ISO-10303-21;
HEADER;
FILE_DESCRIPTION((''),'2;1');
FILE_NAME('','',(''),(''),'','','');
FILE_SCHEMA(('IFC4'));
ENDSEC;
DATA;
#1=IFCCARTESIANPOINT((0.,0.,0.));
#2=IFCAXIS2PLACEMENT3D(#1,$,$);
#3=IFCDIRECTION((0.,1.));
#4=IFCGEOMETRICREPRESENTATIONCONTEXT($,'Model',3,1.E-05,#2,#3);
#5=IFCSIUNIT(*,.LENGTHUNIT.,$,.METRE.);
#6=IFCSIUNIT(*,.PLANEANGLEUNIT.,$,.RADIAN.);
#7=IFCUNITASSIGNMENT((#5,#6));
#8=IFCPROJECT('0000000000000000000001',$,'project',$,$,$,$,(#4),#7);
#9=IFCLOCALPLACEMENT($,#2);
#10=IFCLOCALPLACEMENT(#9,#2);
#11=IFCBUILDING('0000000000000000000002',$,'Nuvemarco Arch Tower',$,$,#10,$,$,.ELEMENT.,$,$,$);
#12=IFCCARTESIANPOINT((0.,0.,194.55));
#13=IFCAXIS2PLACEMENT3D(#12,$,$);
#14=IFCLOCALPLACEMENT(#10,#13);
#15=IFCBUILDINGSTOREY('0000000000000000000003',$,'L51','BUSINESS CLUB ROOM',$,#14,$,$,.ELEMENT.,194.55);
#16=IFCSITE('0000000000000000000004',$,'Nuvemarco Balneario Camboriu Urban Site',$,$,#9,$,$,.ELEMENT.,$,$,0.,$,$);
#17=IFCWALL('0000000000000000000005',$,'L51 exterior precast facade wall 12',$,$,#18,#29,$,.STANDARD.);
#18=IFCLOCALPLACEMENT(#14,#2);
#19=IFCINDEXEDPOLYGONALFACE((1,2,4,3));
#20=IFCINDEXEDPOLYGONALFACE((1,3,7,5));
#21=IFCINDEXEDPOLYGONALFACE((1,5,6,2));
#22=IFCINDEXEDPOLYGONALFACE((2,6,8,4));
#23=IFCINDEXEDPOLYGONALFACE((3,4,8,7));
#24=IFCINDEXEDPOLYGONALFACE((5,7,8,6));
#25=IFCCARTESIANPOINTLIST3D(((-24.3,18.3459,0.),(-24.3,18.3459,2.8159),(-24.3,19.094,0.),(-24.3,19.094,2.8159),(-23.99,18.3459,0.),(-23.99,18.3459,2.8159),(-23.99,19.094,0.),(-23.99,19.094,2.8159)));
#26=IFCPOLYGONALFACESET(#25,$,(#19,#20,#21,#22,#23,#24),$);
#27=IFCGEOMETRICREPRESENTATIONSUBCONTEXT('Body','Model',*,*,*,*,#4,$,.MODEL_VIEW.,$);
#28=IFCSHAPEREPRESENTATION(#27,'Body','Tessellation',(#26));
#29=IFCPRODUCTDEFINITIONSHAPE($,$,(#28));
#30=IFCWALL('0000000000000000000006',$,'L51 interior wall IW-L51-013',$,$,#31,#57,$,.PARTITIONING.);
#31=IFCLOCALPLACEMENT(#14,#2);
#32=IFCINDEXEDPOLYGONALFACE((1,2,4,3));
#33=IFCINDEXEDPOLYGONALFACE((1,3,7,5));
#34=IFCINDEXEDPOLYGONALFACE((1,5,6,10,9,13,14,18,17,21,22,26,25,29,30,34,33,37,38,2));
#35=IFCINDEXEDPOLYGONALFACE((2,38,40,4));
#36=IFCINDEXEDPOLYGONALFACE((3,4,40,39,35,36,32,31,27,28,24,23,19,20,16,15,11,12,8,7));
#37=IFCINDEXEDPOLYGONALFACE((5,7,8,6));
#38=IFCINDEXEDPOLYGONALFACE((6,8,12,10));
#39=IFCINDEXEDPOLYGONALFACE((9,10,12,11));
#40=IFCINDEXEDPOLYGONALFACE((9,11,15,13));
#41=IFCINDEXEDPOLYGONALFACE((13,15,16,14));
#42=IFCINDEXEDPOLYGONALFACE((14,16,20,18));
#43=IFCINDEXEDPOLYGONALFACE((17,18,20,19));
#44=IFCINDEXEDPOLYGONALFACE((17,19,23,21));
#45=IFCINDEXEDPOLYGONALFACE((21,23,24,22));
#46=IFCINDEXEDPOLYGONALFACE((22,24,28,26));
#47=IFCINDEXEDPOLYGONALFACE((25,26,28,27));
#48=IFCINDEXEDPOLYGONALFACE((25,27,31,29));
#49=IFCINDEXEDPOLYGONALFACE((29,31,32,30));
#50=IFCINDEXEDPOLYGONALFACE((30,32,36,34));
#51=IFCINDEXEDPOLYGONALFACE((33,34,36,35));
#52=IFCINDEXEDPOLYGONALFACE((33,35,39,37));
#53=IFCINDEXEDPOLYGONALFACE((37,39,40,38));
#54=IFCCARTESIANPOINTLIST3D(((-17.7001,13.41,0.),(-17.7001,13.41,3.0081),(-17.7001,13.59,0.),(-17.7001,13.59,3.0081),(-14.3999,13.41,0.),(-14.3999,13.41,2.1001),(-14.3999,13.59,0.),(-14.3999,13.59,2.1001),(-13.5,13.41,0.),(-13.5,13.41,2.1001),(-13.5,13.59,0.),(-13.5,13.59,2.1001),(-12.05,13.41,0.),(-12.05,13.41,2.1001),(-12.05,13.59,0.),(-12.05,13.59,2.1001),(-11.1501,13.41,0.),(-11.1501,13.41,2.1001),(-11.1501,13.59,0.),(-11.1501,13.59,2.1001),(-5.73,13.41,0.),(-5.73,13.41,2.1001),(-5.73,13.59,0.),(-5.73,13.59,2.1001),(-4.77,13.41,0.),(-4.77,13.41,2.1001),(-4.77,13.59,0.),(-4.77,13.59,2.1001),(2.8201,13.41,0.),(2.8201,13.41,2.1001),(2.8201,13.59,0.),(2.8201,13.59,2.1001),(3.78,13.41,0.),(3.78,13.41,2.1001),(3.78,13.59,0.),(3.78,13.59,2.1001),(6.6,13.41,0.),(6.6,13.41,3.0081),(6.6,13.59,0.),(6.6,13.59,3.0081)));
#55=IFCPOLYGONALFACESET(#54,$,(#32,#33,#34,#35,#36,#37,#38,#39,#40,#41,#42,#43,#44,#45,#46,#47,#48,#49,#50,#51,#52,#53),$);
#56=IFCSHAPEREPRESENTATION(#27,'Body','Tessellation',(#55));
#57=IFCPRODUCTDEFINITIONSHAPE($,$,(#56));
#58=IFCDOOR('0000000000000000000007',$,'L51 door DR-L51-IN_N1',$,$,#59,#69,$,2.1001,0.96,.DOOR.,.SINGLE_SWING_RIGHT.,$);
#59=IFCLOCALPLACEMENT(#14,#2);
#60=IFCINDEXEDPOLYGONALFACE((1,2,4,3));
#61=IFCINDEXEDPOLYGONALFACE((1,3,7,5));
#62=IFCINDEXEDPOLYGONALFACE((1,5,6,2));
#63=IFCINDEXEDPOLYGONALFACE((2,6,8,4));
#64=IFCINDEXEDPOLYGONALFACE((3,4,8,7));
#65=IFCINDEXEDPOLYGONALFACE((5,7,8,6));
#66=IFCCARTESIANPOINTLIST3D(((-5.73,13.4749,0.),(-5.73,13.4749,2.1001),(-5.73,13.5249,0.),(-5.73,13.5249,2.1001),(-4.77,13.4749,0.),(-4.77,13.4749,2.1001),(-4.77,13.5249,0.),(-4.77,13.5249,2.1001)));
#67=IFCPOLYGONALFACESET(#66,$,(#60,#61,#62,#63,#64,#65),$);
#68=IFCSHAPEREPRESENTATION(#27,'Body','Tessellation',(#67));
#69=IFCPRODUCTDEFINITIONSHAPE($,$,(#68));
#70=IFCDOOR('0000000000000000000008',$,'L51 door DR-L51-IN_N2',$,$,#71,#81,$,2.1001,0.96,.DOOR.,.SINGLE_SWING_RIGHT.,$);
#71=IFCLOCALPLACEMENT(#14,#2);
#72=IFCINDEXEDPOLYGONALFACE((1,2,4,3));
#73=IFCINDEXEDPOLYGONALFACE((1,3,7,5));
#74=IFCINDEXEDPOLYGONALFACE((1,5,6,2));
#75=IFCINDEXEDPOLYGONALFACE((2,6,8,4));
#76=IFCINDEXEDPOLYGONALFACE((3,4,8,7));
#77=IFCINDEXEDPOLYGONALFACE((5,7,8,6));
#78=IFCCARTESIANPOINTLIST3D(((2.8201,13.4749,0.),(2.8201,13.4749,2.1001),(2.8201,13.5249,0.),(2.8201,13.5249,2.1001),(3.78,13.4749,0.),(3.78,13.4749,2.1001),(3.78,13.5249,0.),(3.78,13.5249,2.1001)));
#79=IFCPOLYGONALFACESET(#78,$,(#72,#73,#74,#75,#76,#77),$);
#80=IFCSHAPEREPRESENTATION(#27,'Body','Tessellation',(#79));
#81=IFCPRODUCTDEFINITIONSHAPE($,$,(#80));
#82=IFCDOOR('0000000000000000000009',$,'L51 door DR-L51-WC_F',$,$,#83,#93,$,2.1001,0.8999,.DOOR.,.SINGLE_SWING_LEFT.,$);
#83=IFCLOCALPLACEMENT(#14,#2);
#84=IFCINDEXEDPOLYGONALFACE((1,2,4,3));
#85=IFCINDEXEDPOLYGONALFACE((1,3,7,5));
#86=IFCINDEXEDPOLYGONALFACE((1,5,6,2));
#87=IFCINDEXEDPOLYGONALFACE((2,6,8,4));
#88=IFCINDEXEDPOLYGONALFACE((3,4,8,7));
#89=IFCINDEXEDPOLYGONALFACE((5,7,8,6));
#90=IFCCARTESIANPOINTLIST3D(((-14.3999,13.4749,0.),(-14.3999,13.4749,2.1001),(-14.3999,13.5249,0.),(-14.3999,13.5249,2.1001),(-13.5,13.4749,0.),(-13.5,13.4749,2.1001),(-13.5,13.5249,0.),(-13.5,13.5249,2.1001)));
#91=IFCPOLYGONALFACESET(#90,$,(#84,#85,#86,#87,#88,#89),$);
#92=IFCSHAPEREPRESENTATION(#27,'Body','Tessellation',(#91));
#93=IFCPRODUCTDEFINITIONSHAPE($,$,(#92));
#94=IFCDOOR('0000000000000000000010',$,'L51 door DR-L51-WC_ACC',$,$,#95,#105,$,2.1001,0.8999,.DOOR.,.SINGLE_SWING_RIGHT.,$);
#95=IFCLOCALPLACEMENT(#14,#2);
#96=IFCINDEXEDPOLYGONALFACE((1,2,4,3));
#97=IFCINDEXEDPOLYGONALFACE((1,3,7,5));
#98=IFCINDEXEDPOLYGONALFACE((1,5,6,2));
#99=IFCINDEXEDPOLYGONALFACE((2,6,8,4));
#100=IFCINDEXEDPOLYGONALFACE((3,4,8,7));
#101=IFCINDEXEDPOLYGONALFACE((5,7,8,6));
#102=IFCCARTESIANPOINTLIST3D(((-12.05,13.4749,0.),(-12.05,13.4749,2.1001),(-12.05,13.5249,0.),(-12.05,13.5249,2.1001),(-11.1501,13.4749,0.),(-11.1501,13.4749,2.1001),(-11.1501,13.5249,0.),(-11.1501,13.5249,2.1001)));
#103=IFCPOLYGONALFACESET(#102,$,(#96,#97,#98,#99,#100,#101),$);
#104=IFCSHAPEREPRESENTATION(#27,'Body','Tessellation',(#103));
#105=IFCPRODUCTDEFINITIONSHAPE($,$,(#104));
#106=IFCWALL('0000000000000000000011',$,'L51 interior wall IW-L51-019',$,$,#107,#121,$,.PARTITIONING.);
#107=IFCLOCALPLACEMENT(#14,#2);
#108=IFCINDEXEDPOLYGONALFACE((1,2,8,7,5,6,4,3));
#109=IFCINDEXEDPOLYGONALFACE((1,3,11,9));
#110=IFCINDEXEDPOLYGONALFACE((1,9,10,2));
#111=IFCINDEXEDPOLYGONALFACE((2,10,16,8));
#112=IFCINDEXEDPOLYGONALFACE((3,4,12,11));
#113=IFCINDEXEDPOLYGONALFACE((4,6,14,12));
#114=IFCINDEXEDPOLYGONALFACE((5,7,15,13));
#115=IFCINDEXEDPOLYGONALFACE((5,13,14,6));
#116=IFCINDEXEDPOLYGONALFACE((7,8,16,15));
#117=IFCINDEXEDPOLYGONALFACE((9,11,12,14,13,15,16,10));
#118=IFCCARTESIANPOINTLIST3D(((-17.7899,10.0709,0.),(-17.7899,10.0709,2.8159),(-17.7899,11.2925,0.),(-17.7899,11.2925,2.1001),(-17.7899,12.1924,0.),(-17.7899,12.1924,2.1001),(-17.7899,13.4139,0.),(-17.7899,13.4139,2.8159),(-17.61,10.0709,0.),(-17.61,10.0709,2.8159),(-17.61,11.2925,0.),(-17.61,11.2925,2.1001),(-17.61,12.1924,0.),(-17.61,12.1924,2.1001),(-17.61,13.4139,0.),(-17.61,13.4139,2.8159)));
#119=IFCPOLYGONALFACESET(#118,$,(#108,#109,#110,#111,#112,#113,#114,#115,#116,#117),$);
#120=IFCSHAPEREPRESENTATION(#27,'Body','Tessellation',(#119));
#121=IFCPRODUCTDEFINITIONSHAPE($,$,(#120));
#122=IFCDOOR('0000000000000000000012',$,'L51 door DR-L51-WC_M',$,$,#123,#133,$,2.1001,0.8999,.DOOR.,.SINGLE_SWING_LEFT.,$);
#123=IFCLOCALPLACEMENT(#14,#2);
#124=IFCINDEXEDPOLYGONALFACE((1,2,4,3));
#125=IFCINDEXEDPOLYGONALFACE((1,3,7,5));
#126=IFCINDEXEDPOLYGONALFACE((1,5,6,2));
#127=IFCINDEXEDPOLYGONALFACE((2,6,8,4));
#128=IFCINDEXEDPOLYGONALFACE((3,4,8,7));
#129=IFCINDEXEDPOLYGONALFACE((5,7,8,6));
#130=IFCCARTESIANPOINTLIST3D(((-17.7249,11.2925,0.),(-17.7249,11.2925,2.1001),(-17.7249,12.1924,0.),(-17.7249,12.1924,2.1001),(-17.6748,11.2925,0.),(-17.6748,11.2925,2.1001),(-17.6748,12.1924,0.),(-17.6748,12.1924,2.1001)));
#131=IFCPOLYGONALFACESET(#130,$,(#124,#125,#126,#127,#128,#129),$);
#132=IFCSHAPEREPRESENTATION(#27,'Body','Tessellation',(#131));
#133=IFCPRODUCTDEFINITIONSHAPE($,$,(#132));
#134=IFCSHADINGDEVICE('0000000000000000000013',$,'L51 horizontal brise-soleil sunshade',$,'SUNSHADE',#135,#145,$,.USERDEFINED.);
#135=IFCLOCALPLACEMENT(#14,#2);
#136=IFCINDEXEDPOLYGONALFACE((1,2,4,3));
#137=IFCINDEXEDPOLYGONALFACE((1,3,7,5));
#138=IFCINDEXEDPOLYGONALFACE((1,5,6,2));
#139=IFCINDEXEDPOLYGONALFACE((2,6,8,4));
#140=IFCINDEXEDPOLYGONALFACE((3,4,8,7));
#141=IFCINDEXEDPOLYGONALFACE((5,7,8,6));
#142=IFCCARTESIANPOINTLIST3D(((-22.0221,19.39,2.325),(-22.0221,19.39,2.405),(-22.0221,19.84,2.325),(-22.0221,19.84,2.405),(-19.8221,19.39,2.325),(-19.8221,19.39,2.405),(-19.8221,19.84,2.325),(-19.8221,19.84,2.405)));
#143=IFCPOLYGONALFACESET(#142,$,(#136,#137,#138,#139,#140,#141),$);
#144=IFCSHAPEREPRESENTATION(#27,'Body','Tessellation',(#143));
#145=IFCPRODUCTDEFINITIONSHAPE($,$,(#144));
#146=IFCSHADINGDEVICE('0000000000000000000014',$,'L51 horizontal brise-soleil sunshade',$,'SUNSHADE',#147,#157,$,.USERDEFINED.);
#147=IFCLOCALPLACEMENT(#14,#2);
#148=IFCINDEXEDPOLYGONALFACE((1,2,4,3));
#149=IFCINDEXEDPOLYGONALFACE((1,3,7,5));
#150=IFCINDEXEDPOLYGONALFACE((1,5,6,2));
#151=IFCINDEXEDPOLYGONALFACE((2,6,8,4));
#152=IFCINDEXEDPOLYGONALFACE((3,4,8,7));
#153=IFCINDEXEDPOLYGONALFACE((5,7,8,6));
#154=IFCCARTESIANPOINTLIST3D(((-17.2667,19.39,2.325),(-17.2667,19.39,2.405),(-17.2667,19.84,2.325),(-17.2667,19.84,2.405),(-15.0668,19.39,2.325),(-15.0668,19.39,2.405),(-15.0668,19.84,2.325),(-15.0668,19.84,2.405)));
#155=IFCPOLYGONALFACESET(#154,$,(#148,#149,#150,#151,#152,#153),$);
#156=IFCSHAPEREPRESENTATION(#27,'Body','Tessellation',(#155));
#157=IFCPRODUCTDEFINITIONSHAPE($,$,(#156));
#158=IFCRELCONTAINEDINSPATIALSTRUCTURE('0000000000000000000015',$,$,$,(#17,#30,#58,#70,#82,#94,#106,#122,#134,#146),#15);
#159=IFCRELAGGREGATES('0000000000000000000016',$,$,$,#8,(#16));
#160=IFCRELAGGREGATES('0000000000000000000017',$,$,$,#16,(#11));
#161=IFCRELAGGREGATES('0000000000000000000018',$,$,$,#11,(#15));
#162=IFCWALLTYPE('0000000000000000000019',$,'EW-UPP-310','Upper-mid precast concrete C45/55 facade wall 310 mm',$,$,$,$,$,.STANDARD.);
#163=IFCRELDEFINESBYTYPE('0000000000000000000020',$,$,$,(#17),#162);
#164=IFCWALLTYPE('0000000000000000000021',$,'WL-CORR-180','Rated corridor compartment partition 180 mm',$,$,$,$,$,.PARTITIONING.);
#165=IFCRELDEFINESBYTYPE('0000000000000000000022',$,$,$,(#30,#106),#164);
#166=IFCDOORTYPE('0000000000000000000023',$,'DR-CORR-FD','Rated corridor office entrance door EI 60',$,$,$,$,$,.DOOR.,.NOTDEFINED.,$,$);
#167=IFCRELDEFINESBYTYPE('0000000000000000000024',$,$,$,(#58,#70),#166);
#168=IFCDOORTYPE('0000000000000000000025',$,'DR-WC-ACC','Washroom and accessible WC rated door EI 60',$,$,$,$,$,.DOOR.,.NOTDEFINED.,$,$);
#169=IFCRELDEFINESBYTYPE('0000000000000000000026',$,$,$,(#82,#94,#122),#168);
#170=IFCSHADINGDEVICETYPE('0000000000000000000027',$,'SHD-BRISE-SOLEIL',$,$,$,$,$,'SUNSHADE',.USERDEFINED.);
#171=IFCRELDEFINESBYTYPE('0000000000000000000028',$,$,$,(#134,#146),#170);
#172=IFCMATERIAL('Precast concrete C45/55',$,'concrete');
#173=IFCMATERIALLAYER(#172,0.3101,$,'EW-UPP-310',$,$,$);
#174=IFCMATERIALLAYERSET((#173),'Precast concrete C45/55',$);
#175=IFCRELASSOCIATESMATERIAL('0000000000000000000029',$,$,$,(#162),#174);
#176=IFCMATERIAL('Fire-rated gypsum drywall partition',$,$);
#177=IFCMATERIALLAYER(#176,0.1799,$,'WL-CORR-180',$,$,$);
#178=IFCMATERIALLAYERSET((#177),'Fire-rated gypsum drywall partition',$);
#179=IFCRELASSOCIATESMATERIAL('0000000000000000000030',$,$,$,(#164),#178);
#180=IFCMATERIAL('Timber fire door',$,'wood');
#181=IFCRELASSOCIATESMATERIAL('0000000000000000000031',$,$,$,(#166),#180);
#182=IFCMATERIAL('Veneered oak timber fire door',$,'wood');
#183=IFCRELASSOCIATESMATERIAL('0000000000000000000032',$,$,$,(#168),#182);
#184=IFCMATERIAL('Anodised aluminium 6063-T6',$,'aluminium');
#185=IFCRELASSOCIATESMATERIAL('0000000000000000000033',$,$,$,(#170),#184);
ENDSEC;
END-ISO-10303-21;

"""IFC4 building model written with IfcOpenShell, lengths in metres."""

from ifc_helpers import new_model, si_unit, direction, frame, frame_2d, origin, origin_2d, place, context, subcontext, project, spatial, rectangle, extrude, source, transform, mapped, material, layer, layer_set, type_object, type_shapes, element, fill, save


model = new_model("IFC4")

# Units and contexts
model_context = context("Model", 3, precision=1e-05, world=origin(), true_north=direction((0.0, 1.0)))
body_context = subcontext(model_context, "Body", "Model", "MODEL_VIEW")
ifc_project = project(units=[si_unit("LENGTHUNIT", "METRE"), si_unit("PLANEANGLEUNIT", "RADIAN")], contexts=[model_context])

# Site, building, storey
site_placement = place(None, origin())
site = spatial("IfcSite", under=ifc_project, at=site_placement, Name="Nuvemarco Balneario Camboriu Urban Site", CompositionType="ELEMENT", RefElevation=0.0)
building_placement = place(site_placement, origin())
building = spatial("IfcBuilding", under=site, at=building_placement, Name="Nuvemarco Arch Tower", CompositionType="ELEMENT")
storey_placement = place(building_placement, frame((0.0, 0.0, 194.55)))
storey = spatial("IfcBuildingStorey", under=building, at=storey_placement, Name="L51", Description="BUSINESS CLUB ROOM", CompositionType="ELEMENT", Elevation=194.55)

# Wall
ifc_material_1 = material(Name="Precast concrete C45/55", Category="concrete")
ifc_layer_1 = layer(ifc_material_1, 0.3101, Name="EW-UPP-310")
ifc_layer_set_1 = layer_set([ifc_layer_1], Name="Precast concrete C45/55")
wall_type_1 = type_object("IfcWallType", Name="EW-UPP-310", Description="Upper-mid precast concrete C45/55 facade wall 310 mm", PredefinedType="STANDARD", material=ifc_layer_set_1)
wall_1_placement = place(storey_placement, frame((-24.145, 18.3459, 0.0), z_axis=(0.0, 0.0, 1.0), x_axis=(0.0, 1.0, 0.0)))
element("IfcWall", 1, at=wall_1_placement, inside=storey, type_object=wall_type_1, Name="L51 exterior precast facade wall 12", PredefinedType="STANDARD", context=body_context, shape_type="SweptSolid", body=[
    extrude(rectangle(XDim=0.748, YDim=0.3101, at=frame_2d((0.374, 0.0))), origin(), (0.0, 0.0, 1.0), 2.8159),
])

# Wall, openings, doors
ifc_material_2 = material(Name="Fire-rated gypsum drywall partition")
ifc_layer_2 = layer(ifc_material_2, 0.1799, Name="WL-CORR-180")
ifc_layer_set_2 = layer_set([ifc_layer_2], Name="Fire-rated gypsum drywall partition")
wall_type_2 = type_object("IfcWallType", Name="WL-CORR-180", Description="Rated corridor compartment partition 180 mm", PredefinedType="PARTITIONING", material=ifc_layer_set_2)
wall_2_placement = place(storey_placement, frame((-17.7, 13.5, 0.0), z_axis=(0.0, 0.0, 1.0), x_axis=(1.0, 0.0, 0.0)))
wall_2 = element("IfcWall", 2, at=wall_2_placement, inside=storey, type_object=wall_type_2, Name="L51 interior wall IW-L51-013", PredefinedType="PARTITIONING", context=body_context, shape_type="SweptSolid", body=[
    extrude(rectangle(XDim=24.3, YDim=0.1799, at=frame_2d((12.1499, 0.0))), origin(), (0.0, 0.0, 1.0), 3.0081),
])
opening_1_placement = place(wall_2_placement, frame((11.97, 0.0, 0.0)))
opening_1 = element("IfcOpeningElement", 3, at=opening_1_placement, cuts=wall_2, PredefinedType="OPENING", context=body_context, shape_type="SweptSolid", body=[
    extrude(rectangle(XDim=0.96, YDim=2.1001, at=frame_2d((0.48, 1.05))), frame((0.0, 0.0999, 0.0), z_axis=(0.0, -1.0, 0.0), x_axis=(1.0, 0.0, 0.0)), (0.0, 0.0, 1.0), 0.2),
])
opening_2_placement = place(wall_2_placement, frame((20.52, 0.0, 0.0)))
opening_2 = element("IfcOpeningElement", 4, at=opening_2_placement, cuts=wall_2, PredefinedType="OPENING", context=body_context, shape_type="SweptSolid", body=[
    extrude(rectangle(XDim=0.96, YDim=2.1001, at=frame_2d((0.48, 1.05))), frame((0.0, 0.0999, 0.0), z_axis=(0.0, -1.0, 0.0), x_axis=(1.0, 0.0, 0.0)), (0.0, 0.0, 1.0), 0.2),
])
opening_3_placement = place(wall_2_placement, frame((3.3, 0.0, 0.0)))
opening_3 = element("IfcOpeningElement", 5, at=opening_3_placement, cuts=wall_2, PredefinedType="OPENING", context=body_context, shape_type="SweptSolid", body=[
    extrude(rectangle(XDim=0.8999, YDim=2.1001, at=frame_2d((0.45, 1.05))), frame((0.0, 0.0999, 0.0), z_axis=(0.0, -1.0, 0.0), x_axis=(1.0, 0.0, 0.0)), (0.0, 0.0, 1.0), 0.2),
])
opening_4_placement = place(wall_2_placement, frame((5.6499, 0.0, 0.0)))
opening_4 = element("IfcOpeningElement", 6, at=opening_4_placement, cuts=wall_2, PredefinedType="OPENING", context=body_context, shape_type="SweptSolid", body=[
    extrude(rectangle(XDim=0.8999, YDim=2.1001, at=frame_2d((0.45, 1.05))), frame((0.0, 0.0999, 0.0), z_axis=(0.0, -1.0, 0.0), x_axis=(1.0, 0.0, 0.0)), (0.0, 0.0, 1.0), 0.2),
])
ifc_material_3 = material(Name="Timber fire door", Category="wood")
door_type_1 = type_object("IfcDoorType", Name="DR-CORR-FD", Description="Rated corridor office entrance door EI 60", OperationType="NOTDEFINED", PredefinedType="DOOR", material=ifc_material_3)
shared_shape_1 = source(origin(), body_context, "Body", "SweptSolid", [
    extrude(rectangle(XDim=0.96, YDim=2.1001, at=frame_2d((0.48, 1.05))), frame((0.0, 0.0249, 0.0), z_axis=(0.0, -1.0, 0.0), x_axis=(1.0, 0.0, 0.0)), (0.0, 0.0, 1.0), 0.05),
])
type_shapes(door_type_1, [shared_shape_1])
door_1_placement = place(opening_1_placement, origin())
door_1 = element("IfcDoor", 7, at=door_1_placement, inside=storey, type_object=door_type_1, Name="L51 door DR-L51-IN_N1", OperationType="SINGLE_SWING_RIGHT", OverallHeight=2.1001, OverallWidth=0.96, PredefinedType="DOOR", context=body_context, shape_type="MappedRepresentation", body=[
    mapped(shared_shape_1, transform((0.0, 0.0, 0.0), scale=1.0)),
])
fill(opening_1, door_1)
door_2_placement = place(opening_2_placement, origin())
door_2 = element("IfcDoor", 8, at=door_2_placement, inside=storey, type_object=door_type_1, Name="L51 door DR-L51-IN_N2", OperationType="SINGLE_SWING_RIGHT", OverallHeight=2.1001, OverallWidth=0.96, PredefinedType="DOOR", context=body_context, shape_type="MappedRepresentation", body=[
    mapped(shared_shape_1, transform((0.0, 0.0, 0.0), scale=1.0)),
])
fill(opening_2, door_2)
ifc_material_4 = material(Name="Veneered oak timber fire door", Category="wood")
door_type_2 = type_object("IfcDoorType", Name="DR-WC-ACC", Description="Washroom and accessible WC rated door EI 60", OperationType="NOTDEFINED", PredefinedType="DOOR", material=ifc_material_4)
shared_shape_2 = source(origin(), body_context, "Body", "SweptSolid", [
    extrude(rectangle(XDim=0.8999, YDim=2.1001, at=frame_2d((0.45, 1.05))), frame((0.0, 0.0249, 0.0), z_axis=(0.0, -1.0, 0.0), x_axis=(1.0, 0.0, 0.0)), (0.0, 0.0, 1.0), 0.05),
])
type_shapes(door_type_2, [shared_shape_2])
door_3_placement = place(opening_3_placement, origin())
door_3 = element("IfcDoor", 9, at=door_3_placement, inside=storey, type_object=door_type_2, Name="L51 door DR-L51-WC_F", OperationType="SINGLE_SWING_LEFT", OverallHeight=2.1001, OverallWidth=0.8999, PredefinedType="DOOR", context=body_context, shape_type="MappedRepresentation", body=[
    mapped(shared_shape_2, transform((0.0, 0.0, 0.0), scale=1.0)),
])
fill(opening_3, door_3)
door_4_placement = place(opening_4_placement, origin())
door_4 = element("IfcDoor", 10, at=door_4_placement, inside=storey, type_object=door_type_2, Name="L51 door DR-L51-WC_ACC", OperationType="SINGLE_SWING_RIGHT", OverallHeight=2.1001, OverallWidth=0.8999, PredefinedType="DOOR", context=body_context, shape_type="MappedRepresentation", body=[
    mapped(shared_shape_2, transform((0.0, 0.0, 0.0), scale=1.0)),
])
fill(opening_4, door_4)

# Wall, opening, door
wall_3_placement = place(storey_placement, frame((-17.7, 10.071, 0.0), z_axis=(0.0, 0.0, 1.0), x_axis=(0.0, 1.0, 0.0)))
wall_3 = element("IfcWall", 11, at=wall_3_placement, inside=storey, type_object=wall_type_2, Name="L51 interior wall IW-L51-019", PredefinedType="PARTITIONING", context=body_context, shape_type="SweptSolid", body=[
    extrude(rectangle(XDim=3.343, YDim=0.1799, at=frame_2d((1.6714, 0.0))), origin(), (0.0, 0.0, 1.0), 2.8159),
])
opening_5_placement = place(wall_3_placement, frame((1.2214, 0.0, 0.0)))
opening_5 = element("IfcOpeningElement", 12, at=opening_5_placement, cuts=wall_3, PredefinedType="OPENING", context=body_context, shape_type="SweptSolid", body=[
    extrude(rectangle(XDim=0.8999, YDim=2.1001, at=frame_2d((0.45, 1.05))), frame((0.0, 0.0999, 0.0), z_axis=(0.0, -1.0, 0.0), x_axis=(1.0, 0.0, 0.0)), (0.0, 0.0, 1.0), 0.2),
])
door_5_placement = place(opening_5_placement, origin())
door_5 = element("IfcDoor", 13, at=door_5_placement, inside=storey, type_object=door_type_2, Name="L51 door DR-L51-WC_M", OperationType="SINGLE_SWING_LEFT", OverallHeight=2.1001, OverallWidth=0.8999, PredefinedType="DOOR", context=body_context, shape_type="MappedRepresentation", body=[
    mapped(shared_shape_2, transform((0.0, 0.0, 0.0), scale=1.0)),
])
fill(opening_5, door_5)

# Shading devices
ifc_material_5 = material(Name="Anodised aluminium 6063-T6", Category="aluminium")
shading_device_type = type_object("IfcShadingDeviceType", Name="SHD-BRISE-SOLEIL", ElementType="SUNSHADE", PredefinedType="USERDEFINED", material=ifc_material_5)
shared_shape_3 = source(origin(), body_context, "Body", "SweptSolid", [
    extrude(rectangle(XDim=2.2, YDim=0.45, at=origin_2d()), origin(), (0.0, 0.0, 1.0), 0.0801),
])
type_shapes(shading_device_type, [shared_shape_3])
for number, where, z_axis, x_axis, name in (
    (14, (-20.9221, 19.615, 2.325), (0.0, 0.0, 1.0), (1.0, 0.0, 0.0), "L51 horizontal brise-soleil sunshade"),
    (15, (-16.1667, 19.615, 2.325), (0.0, 0.0, 1.0), (1.0, 0.0, 0.0), "L51 horizontal brise-soleil sunshade"),
):
    element("IfcShadingDevice", number, at=place(storey_placement, frame(where, z_axis=z_axis, x_axis=x_axis)), inside=storey, type_object=shading_device_type, Name=name, ObjectType="SUNSHADE", PredefinedType="USERDEFINED", context=body_context, shape_type="MappedRepresentation", body=[
        mapped(shared_shape_3, transform((0.0, 0.0, 0.0), scale=1.0)),
    ])

save(model, "model.ifc")
